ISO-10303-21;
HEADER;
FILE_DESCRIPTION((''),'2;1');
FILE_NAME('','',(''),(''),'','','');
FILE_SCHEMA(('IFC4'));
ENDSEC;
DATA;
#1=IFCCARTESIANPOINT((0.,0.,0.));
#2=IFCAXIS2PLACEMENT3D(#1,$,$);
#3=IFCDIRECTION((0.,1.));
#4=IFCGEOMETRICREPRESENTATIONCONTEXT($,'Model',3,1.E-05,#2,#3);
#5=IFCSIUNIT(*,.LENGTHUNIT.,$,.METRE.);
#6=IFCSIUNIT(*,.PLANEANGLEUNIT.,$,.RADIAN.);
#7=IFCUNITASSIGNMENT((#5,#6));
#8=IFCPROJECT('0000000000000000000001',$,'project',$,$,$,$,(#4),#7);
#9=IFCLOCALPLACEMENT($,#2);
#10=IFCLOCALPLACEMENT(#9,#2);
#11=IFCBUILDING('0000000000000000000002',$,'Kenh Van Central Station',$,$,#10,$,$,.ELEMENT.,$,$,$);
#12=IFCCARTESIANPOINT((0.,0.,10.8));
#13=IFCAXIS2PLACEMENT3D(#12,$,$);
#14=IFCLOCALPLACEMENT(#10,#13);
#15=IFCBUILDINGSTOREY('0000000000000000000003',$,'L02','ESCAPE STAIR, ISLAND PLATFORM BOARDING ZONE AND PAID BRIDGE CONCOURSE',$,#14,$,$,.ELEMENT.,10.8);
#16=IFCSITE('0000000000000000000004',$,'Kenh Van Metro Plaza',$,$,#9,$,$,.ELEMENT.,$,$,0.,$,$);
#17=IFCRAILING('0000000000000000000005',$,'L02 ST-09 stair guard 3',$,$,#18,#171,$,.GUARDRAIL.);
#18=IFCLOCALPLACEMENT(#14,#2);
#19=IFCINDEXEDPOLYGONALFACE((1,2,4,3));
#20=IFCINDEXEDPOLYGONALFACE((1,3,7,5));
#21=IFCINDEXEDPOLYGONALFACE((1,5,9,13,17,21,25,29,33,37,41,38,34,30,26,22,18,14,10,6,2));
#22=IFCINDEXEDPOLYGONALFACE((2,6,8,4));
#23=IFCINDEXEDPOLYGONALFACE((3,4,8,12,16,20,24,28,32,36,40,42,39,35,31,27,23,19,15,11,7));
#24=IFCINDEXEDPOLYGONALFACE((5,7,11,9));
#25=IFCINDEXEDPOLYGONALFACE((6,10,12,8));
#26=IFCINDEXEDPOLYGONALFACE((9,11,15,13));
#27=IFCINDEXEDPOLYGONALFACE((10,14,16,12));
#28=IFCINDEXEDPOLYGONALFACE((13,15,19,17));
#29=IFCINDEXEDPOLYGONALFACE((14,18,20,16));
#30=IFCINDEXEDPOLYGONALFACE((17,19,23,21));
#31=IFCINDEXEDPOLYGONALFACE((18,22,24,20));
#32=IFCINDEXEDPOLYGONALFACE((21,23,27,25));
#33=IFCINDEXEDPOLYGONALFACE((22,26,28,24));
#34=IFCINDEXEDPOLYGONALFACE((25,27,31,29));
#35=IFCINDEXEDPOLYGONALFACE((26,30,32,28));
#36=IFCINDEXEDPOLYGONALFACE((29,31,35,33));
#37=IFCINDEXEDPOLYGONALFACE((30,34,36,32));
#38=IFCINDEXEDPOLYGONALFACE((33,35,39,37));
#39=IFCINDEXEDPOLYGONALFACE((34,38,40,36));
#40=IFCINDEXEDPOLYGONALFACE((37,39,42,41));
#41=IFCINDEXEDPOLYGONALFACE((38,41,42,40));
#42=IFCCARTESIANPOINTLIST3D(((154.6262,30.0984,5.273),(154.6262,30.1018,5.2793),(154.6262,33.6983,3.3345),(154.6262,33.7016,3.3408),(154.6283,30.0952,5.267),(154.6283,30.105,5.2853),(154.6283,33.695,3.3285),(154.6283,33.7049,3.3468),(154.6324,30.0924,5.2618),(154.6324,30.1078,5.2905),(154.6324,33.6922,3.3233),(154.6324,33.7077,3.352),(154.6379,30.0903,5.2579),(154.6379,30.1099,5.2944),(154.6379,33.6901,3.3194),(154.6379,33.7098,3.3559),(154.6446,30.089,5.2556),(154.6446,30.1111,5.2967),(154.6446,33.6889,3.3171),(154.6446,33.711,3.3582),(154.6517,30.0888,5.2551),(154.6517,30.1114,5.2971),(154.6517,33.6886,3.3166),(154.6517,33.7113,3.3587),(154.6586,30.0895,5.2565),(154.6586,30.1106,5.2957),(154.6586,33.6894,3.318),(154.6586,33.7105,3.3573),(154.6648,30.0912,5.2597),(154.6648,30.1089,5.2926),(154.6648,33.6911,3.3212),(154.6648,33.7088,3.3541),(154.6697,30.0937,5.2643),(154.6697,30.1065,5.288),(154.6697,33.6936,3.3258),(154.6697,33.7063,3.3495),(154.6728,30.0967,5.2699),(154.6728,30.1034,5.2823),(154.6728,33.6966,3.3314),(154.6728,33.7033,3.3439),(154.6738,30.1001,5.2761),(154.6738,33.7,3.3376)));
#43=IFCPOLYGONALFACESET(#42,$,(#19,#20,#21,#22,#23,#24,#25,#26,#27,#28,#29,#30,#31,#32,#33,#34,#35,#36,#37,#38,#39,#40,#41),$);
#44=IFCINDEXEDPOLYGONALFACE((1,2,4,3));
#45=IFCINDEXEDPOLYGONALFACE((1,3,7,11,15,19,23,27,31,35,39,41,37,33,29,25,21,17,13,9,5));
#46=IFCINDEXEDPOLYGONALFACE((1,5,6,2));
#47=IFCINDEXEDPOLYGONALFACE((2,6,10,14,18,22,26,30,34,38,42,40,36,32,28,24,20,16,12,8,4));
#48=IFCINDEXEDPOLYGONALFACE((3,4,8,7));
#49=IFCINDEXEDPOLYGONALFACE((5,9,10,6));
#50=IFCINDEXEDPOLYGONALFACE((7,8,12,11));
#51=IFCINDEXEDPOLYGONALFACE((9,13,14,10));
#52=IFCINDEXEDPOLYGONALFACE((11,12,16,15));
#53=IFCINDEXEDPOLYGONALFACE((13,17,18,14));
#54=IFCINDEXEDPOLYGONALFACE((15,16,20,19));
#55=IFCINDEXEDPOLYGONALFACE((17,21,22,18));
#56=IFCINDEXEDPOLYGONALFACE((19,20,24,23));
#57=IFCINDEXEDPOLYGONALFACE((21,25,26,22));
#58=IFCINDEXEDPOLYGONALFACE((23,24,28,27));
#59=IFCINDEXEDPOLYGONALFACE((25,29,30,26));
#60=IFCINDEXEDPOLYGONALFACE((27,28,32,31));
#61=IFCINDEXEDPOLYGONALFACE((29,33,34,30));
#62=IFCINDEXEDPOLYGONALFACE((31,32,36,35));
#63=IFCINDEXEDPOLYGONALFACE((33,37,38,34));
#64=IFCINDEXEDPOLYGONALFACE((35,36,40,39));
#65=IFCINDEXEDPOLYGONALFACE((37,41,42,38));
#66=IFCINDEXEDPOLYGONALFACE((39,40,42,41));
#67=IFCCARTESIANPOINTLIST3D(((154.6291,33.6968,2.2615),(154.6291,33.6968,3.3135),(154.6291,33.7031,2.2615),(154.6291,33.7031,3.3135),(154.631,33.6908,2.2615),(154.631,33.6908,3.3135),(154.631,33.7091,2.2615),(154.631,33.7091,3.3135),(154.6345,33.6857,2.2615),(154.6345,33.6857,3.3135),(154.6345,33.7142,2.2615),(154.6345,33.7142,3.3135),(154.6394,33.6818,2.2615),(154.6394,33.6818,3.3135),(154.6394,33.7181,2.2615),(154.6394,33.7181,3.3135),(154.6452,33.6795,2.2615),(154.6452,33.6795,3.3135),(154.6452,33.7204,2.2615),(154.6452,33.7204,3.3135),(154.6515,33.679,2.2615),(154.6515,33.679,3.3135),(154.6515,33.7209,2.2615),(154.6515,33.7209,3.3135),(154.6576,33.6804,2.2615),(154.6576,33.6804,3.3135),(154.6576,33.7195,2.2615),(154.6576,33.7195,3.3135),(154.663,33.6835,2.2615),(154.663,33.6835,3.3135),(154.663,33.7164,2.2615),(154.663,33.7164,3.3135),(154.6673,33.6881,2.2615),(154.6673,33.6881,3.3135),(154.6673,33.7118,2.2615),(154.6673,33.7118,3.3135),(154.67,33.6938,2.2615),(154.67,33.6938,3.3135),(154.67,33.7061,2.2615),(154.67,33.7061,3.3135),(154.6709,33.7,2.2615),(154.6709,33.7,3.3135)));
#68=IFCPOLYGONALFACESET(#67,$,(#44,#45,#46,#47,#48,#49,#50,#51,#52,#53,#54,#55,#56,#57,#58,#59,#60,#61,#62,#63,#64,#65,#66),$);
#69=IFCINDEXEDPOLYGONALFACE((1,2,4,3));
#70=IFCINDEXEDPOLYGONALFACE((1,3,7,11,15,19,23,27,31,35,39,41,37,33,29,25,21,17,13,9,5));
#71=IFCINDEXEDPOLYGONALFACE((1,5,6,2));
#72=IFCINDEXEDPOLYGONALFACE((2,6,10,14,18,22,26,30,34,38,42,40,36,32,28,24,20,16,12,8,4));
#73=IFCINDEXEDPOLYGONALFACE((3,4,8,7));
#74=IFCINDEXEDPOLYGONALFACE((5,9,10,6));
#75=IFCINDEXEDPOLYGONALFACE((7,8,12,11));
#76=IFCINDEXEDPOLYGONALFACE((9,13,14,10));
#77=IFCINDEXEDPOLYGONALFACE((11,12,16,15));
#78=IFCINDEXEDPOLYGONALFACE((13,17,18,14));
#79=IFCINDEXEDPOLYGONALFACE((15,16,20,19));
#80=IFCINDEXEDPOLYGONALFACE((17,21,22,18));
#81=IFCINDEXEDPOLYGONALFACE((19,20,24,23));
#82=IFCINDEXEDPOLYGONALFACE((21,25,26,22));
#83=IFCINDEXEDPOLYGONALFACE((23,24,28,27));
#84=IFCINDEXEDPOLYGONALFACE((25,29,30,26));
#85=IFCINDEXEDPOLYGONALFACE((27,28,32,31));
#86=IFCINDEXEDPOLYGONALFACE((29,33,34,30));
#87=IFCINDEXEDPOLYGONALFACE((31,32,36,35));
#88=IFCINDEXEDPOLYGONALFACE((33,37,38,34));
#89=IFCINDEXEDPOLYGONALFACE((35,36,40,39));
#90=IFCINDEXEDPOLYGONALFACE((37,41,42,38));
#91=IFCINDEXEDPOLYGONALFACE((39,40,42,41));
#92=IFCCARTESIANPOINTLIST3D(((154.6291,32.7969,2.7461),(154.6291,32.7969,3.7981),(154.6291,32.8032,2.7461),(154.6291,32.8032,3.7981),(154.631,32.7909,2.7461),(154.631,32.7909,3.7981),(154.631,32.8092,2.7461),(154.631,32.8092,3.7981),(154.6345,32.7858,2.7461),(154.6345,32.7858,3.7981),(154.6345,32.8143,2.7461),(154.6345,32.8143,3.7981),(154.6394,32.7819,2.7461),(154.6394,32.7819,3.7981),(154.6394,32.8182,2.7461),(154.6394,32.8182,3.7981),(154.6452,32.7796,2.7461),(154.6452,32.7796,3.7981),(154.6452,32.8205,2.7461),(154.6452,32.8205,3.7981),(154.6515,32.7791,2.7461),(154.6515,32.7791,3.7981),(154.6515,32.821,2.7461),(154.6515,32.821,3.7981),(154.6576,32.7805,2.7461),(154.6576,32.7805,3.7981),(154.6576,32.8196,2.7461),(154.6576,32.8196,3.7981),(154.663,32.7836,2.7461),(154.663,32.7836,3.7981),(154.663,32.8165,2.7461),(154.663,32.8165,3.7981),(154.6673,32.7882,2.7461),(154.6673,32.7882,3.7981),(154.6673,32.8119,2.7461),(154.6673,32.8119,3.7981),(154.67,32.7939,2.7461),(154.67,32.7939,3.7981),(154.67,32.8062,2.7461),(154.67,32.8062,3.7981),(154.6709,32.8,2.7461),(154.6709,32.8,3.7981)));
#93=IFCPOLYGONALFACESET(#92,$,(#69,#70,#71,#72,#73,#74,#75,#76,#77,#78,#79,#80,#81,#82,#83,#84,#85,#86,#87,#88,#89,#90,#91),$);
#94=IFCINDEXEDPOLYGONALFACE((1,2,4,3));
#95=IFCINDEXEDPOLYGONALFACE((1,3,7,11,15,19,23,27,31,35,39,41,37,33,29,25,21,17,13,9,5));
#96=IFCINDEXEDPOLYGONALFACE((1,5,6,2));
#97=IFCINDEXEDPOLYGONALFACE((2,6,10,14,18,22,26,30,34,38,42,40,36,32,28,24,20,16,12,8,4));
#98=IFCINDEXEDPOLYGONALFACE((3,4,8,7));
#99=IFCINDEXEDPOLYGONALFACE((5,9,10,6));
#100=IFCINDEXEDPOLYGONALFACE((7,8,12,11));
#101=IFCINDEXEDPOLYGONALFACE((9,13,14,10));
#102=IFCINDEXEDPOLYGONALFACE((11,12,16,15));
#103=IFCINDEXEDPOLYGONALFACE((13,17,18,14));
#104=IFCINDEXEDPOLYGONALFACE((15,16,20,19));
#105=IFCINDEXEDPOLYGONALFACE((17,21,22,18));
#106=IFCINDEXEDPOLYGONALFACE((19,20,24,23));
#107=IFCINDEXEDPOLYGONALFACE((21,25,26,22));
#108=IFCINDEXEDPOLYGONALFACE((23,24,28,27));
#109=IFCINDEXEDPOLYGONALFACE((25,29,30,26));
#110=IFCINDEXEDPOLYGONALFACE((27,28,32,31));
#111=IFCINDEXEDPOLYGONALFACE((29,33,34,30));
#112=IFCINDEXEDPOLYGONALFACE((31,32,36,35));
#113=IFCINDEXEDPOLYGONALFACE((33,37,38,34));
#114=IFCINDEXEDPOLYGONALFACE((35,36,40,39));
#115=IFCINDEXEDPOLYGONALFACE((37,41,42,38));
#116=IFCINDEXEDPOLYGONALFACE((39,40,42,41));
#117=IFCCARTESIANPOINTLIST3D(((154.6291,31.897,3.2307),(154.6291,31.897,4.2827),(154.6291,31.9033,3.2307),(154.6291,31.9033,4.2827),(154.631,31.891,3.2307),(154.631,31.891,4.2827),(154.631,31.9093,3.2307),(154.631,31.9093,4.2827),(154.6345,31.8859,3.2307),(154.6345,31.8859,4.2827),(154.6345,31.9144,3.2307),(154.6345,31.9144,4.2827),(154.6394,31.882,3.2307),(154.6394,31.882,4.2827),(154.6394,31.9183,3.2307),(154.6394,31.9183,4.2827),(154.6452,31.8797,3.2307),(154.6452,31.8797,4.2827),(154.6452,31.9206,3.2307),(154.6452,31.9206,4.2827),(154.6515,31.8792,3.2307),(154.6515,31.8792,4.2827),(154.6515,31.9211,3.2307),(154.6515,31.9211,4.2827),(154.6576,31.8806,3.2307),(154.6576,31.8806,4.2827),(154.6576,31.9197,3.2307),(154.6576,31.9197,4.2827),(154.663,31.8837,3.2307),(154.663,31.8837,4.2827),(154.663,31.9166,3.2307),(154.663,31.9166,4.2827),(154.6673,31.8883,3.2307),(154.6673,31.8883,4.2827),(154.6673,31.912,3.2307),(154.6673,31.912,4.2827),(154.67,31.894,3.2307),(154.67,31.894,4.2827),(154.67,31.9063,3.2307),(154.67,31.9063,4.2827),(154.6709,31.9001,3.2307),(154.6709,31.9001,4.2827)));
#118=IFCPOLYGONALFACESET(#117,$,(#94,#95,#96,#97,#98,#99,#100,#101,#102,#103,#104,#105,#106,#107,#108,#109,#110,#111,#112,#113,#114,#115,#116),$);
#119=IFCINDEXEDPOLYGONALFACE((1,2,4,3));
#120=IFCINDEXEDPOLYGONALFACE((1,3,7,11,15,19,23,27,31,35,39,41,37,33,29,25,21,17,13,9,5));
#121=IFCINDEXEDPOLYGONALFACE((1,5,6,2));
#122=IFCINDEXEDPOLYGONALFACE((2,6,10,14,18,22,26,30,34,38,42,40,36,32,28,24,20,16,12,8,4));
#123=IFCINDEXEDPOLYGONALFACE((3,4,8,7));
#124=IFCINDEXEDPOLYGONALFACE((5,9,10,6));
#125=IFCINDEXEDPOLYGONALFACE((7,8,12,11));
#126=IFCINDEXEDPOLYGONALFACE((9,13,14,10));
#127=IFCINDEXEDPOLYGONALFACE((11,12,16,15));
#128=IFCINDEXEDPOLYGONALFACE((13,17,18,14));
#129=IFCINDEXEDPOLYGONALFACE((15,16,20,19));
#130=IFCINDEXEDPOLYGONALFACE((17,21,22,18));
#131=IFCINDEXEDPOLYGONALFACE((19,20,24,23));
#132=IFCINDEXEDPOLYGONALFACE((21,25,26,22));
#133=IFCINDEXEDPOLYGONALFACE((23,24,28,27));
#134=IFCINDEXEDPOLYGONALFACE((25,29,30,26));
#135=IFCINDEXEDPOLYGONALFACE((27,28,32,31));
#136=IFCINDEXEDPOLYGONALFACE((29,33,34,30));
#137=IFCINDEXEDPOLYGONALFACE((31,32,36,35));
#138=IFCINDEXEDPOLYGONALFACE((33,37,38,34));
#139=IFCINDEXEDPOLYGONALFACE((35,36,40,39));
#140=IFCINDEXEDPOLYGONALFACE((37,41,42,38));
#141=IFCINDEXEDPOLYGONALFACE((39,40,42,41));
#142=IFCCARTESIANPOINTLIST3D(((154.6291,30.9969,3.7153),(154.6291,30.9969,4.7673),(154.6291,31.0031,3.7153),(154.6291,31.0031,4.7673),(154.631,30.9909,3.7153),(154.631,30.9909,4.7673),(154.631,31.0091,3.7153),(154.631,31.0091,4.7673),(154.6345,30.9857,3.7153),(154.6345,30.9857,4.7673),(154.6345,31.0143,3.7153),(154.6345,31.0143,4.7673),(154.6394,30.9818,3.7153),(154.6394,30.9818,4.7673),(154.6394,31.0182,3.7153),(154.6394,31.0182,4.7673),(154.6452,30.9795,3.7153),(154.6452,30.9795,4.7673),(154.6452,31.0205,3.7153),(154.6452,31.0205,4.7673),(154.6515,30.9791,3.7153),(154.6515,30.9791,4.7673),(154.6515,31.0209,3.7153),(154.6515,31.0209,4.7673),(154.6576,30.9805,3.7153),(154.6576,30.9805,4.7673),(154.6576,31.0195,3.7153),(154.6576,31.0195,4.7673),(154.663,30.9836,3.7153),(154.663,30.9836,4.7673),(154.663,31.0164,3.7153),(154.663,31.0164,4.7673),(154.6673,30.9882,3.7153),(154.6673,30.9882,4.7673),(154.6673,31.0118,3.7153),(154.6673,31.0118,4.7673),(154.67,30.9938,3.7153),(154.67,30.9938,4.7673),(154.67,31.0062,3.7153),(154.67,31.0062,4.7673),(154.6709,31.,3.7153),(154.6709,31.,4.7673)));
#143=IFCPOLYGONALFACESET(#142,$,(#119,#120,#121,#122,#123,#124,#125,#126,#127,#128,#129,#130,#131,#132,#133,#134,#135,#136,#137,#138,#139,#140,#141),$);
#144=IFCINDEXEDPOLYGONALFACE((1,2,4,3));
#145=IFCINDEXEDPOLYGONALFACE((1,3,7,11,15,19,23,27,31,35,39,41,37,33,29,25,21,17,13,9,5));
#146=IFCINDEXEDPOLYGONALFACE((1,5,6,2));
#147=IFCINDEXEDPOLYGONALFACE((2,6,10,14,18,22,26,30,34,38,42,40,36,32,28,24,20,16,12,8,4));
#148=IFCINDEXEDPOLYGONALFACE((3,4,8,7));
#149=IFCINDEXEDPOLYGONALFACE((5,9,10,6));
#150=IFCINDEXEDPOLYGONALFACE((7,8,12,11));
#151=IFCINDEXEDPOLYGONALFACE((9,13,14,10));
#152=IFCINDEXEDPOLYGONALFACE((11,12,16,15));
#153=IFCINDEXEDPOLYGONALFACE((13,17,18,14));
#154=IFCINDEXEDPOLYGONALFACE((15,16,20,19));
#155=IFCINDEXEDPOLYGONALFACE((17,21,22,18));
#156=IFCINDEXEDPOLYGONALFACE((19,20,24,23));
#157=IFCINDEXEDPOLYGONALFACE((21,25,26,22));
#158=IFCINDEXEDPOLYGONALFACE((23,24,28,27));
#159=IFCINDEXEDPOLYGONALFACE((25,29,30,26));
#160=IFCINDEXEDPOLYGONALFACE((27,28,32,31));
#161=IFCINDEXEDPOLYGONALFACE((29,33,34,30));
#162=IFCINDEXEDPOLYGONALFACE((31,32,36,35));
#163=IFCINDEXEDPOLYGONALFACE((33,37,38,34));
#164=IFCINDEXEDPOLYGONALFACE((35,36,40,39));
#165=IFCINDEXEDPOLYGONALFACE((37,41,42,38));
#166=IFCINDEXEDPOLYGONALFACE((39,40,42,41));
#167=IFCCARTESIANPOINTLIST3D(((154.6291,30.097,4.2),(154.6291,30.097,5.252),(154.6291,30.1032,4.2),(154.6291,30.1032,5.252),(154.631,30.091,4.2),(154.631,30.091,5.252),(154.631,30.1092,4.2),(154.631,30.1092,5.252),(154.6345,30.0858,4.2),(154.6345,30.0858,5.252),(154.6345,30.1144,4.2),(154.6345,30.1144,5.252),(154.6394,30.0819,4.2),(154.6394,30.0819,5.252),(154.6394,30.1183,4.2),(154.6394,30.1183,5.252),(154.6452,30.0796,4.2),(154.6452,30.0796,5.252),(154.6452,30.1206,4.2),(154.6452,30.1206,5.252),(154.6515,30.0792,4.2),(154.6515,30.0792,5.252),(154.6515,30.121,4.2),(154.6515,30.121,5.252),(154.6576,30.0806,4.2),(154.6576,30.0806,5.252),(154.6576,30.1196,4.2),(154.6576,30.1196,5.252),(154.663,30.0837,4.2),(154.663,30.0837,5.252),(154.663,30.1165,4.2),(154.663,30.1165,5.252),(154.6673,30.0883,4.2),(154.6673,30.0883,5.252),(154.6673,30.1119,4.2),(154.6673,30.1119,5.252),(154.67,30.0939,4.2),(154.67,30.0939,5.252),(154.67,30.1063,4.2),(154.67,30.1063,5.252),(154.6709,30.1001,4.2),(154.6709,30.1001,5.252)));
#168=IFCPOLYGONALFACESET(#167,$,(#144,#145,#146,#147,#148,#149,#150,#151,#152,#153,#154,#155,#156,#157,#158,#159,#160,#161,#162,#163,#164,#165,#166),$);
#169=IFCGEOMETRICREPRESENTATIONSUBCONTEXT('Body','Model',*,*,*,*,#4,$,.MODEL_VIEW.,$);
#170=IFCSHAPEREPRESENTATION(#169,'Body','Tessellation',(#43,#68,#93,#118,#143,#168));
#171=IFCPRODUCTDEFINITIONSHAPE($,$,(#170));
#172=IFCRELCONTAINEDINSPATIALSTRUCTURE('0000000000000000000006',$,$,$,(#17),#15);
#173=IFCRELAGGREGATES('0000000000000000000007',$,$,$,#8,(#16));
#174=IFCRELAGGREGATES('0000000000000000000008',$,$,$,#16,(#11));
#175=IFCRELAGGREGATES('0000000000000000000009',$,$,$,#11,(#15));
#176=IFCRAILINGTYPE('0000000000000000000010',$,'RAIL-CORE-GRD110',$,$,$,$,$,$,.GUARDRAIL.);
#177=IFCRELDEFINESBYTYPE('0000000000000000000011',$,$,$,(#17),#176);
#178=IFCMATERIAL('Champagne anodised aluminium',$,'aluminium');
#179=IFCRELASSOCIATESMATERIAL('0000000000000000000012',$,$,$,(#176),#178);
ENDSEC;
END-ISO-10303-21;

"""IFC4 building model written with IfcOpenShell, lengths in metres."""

from ifc_helpers import new_model, si_unit, direction, frame, origin, origin_2d, place, context, subcontext, project, spatial, circle, extrude, material, type_object, element, save


model = new_model("IFC4")

# Units and contexts
model_context = context("Model", 3, precision=1e-05, world=origin(), true_north=direction((0.0, 1.0)))
body_context = subcontext(model_context, "Body", "Model", "MODEL_VIEW")
ifc_project = project(units=[si_unit("LENGTHUNIT", "METRE"), si_unit("PLANEANGLEUNIT", "RADIAN")], contexts=[model_context])

# Site, building, storey
site_placement = place(None, origin())
site = spatial("IfcSite", under=ifc_project, at=site_placement, Name="Kenh Van Metro Plaza", CompositionType="ELEMENT", RefElevation=0.0)
building_placement = place(site_placement, origin())
building = spatial("IfcBuilding", under=site, at=building_placement, Name="Kenh Van Central Station", CompositionType="ELEMENT")
storey_placement = place(building_placement, frame((0.0, 0.0, 10.8)))
storey = spatial("IfcBuildingStorey", under=building, at=storey_placement, Name="L02", Description="ESCAPE STAIR, ISLAND PLATFORM BOARDING ZONE AND PAID BRIDGE CONCOURSE", CompositionType="ELEMENT", Elevation=10.8)

# Shared definitions
ifc_material_1 = material(Name="Champagne anodised aluminium", Category="aluminium")

# Railing
railing_type_1 = type_object("IfcRailingType", Name="RAIL-CORE-GRD110", PredefinedType="GUARDRAIL", material=ifc_material_1)
railing_1_placement = place(storey_placement, frame((154.6499, 33.7, 2.2615)))
element("IfcRailing", 1, at=railing_1_placement, inside=storey, type_object=railing_type_1, Name="L02 ST-09 stair guard 3", PredefinedType="GUARDRAIL", context=body_context, shape_type="SweptSolid", body=[
    extrude(circle(Radius=0.0239, at=origin_2d()), frame((0.0, 0.0, 1.0762), z_axis=(0.0, -0.880462, 0.474118), x_axis=(1.0, 0.0, 0.0)), (0.0, 0.0, 1.0), 4.0886),
    extrude(circle(Radius=0.021, at=origin_2d()), origin(), (0.0, 0.0, 1.0), 1.052),
    extrude(circle(Radius=0.021, at=origin_2d()), frame((0.0, -0.8999, 0.4846)), (0.0, 0.0, 1.0), 1.052),
    extrude(circle(Radius=0.021, at=origin_2d()), frame((0.0, -1.7998, 0.9692)), (0.0, 0.0, 1.0), 1.052),
    extrude(circle(Radius=0.021, at=origin_2d()), frame((0.0, -2.7, 1.4539)), (0.0, 0.0, 1.0), 1.052),
    extrude(circle(Radius=0.021, at=origin_2d()), frame((0.0, -3.5999, 1.9385)), (0.0, 0.0, 1.0), 1.052),
])

save(model, "model.ifc")
